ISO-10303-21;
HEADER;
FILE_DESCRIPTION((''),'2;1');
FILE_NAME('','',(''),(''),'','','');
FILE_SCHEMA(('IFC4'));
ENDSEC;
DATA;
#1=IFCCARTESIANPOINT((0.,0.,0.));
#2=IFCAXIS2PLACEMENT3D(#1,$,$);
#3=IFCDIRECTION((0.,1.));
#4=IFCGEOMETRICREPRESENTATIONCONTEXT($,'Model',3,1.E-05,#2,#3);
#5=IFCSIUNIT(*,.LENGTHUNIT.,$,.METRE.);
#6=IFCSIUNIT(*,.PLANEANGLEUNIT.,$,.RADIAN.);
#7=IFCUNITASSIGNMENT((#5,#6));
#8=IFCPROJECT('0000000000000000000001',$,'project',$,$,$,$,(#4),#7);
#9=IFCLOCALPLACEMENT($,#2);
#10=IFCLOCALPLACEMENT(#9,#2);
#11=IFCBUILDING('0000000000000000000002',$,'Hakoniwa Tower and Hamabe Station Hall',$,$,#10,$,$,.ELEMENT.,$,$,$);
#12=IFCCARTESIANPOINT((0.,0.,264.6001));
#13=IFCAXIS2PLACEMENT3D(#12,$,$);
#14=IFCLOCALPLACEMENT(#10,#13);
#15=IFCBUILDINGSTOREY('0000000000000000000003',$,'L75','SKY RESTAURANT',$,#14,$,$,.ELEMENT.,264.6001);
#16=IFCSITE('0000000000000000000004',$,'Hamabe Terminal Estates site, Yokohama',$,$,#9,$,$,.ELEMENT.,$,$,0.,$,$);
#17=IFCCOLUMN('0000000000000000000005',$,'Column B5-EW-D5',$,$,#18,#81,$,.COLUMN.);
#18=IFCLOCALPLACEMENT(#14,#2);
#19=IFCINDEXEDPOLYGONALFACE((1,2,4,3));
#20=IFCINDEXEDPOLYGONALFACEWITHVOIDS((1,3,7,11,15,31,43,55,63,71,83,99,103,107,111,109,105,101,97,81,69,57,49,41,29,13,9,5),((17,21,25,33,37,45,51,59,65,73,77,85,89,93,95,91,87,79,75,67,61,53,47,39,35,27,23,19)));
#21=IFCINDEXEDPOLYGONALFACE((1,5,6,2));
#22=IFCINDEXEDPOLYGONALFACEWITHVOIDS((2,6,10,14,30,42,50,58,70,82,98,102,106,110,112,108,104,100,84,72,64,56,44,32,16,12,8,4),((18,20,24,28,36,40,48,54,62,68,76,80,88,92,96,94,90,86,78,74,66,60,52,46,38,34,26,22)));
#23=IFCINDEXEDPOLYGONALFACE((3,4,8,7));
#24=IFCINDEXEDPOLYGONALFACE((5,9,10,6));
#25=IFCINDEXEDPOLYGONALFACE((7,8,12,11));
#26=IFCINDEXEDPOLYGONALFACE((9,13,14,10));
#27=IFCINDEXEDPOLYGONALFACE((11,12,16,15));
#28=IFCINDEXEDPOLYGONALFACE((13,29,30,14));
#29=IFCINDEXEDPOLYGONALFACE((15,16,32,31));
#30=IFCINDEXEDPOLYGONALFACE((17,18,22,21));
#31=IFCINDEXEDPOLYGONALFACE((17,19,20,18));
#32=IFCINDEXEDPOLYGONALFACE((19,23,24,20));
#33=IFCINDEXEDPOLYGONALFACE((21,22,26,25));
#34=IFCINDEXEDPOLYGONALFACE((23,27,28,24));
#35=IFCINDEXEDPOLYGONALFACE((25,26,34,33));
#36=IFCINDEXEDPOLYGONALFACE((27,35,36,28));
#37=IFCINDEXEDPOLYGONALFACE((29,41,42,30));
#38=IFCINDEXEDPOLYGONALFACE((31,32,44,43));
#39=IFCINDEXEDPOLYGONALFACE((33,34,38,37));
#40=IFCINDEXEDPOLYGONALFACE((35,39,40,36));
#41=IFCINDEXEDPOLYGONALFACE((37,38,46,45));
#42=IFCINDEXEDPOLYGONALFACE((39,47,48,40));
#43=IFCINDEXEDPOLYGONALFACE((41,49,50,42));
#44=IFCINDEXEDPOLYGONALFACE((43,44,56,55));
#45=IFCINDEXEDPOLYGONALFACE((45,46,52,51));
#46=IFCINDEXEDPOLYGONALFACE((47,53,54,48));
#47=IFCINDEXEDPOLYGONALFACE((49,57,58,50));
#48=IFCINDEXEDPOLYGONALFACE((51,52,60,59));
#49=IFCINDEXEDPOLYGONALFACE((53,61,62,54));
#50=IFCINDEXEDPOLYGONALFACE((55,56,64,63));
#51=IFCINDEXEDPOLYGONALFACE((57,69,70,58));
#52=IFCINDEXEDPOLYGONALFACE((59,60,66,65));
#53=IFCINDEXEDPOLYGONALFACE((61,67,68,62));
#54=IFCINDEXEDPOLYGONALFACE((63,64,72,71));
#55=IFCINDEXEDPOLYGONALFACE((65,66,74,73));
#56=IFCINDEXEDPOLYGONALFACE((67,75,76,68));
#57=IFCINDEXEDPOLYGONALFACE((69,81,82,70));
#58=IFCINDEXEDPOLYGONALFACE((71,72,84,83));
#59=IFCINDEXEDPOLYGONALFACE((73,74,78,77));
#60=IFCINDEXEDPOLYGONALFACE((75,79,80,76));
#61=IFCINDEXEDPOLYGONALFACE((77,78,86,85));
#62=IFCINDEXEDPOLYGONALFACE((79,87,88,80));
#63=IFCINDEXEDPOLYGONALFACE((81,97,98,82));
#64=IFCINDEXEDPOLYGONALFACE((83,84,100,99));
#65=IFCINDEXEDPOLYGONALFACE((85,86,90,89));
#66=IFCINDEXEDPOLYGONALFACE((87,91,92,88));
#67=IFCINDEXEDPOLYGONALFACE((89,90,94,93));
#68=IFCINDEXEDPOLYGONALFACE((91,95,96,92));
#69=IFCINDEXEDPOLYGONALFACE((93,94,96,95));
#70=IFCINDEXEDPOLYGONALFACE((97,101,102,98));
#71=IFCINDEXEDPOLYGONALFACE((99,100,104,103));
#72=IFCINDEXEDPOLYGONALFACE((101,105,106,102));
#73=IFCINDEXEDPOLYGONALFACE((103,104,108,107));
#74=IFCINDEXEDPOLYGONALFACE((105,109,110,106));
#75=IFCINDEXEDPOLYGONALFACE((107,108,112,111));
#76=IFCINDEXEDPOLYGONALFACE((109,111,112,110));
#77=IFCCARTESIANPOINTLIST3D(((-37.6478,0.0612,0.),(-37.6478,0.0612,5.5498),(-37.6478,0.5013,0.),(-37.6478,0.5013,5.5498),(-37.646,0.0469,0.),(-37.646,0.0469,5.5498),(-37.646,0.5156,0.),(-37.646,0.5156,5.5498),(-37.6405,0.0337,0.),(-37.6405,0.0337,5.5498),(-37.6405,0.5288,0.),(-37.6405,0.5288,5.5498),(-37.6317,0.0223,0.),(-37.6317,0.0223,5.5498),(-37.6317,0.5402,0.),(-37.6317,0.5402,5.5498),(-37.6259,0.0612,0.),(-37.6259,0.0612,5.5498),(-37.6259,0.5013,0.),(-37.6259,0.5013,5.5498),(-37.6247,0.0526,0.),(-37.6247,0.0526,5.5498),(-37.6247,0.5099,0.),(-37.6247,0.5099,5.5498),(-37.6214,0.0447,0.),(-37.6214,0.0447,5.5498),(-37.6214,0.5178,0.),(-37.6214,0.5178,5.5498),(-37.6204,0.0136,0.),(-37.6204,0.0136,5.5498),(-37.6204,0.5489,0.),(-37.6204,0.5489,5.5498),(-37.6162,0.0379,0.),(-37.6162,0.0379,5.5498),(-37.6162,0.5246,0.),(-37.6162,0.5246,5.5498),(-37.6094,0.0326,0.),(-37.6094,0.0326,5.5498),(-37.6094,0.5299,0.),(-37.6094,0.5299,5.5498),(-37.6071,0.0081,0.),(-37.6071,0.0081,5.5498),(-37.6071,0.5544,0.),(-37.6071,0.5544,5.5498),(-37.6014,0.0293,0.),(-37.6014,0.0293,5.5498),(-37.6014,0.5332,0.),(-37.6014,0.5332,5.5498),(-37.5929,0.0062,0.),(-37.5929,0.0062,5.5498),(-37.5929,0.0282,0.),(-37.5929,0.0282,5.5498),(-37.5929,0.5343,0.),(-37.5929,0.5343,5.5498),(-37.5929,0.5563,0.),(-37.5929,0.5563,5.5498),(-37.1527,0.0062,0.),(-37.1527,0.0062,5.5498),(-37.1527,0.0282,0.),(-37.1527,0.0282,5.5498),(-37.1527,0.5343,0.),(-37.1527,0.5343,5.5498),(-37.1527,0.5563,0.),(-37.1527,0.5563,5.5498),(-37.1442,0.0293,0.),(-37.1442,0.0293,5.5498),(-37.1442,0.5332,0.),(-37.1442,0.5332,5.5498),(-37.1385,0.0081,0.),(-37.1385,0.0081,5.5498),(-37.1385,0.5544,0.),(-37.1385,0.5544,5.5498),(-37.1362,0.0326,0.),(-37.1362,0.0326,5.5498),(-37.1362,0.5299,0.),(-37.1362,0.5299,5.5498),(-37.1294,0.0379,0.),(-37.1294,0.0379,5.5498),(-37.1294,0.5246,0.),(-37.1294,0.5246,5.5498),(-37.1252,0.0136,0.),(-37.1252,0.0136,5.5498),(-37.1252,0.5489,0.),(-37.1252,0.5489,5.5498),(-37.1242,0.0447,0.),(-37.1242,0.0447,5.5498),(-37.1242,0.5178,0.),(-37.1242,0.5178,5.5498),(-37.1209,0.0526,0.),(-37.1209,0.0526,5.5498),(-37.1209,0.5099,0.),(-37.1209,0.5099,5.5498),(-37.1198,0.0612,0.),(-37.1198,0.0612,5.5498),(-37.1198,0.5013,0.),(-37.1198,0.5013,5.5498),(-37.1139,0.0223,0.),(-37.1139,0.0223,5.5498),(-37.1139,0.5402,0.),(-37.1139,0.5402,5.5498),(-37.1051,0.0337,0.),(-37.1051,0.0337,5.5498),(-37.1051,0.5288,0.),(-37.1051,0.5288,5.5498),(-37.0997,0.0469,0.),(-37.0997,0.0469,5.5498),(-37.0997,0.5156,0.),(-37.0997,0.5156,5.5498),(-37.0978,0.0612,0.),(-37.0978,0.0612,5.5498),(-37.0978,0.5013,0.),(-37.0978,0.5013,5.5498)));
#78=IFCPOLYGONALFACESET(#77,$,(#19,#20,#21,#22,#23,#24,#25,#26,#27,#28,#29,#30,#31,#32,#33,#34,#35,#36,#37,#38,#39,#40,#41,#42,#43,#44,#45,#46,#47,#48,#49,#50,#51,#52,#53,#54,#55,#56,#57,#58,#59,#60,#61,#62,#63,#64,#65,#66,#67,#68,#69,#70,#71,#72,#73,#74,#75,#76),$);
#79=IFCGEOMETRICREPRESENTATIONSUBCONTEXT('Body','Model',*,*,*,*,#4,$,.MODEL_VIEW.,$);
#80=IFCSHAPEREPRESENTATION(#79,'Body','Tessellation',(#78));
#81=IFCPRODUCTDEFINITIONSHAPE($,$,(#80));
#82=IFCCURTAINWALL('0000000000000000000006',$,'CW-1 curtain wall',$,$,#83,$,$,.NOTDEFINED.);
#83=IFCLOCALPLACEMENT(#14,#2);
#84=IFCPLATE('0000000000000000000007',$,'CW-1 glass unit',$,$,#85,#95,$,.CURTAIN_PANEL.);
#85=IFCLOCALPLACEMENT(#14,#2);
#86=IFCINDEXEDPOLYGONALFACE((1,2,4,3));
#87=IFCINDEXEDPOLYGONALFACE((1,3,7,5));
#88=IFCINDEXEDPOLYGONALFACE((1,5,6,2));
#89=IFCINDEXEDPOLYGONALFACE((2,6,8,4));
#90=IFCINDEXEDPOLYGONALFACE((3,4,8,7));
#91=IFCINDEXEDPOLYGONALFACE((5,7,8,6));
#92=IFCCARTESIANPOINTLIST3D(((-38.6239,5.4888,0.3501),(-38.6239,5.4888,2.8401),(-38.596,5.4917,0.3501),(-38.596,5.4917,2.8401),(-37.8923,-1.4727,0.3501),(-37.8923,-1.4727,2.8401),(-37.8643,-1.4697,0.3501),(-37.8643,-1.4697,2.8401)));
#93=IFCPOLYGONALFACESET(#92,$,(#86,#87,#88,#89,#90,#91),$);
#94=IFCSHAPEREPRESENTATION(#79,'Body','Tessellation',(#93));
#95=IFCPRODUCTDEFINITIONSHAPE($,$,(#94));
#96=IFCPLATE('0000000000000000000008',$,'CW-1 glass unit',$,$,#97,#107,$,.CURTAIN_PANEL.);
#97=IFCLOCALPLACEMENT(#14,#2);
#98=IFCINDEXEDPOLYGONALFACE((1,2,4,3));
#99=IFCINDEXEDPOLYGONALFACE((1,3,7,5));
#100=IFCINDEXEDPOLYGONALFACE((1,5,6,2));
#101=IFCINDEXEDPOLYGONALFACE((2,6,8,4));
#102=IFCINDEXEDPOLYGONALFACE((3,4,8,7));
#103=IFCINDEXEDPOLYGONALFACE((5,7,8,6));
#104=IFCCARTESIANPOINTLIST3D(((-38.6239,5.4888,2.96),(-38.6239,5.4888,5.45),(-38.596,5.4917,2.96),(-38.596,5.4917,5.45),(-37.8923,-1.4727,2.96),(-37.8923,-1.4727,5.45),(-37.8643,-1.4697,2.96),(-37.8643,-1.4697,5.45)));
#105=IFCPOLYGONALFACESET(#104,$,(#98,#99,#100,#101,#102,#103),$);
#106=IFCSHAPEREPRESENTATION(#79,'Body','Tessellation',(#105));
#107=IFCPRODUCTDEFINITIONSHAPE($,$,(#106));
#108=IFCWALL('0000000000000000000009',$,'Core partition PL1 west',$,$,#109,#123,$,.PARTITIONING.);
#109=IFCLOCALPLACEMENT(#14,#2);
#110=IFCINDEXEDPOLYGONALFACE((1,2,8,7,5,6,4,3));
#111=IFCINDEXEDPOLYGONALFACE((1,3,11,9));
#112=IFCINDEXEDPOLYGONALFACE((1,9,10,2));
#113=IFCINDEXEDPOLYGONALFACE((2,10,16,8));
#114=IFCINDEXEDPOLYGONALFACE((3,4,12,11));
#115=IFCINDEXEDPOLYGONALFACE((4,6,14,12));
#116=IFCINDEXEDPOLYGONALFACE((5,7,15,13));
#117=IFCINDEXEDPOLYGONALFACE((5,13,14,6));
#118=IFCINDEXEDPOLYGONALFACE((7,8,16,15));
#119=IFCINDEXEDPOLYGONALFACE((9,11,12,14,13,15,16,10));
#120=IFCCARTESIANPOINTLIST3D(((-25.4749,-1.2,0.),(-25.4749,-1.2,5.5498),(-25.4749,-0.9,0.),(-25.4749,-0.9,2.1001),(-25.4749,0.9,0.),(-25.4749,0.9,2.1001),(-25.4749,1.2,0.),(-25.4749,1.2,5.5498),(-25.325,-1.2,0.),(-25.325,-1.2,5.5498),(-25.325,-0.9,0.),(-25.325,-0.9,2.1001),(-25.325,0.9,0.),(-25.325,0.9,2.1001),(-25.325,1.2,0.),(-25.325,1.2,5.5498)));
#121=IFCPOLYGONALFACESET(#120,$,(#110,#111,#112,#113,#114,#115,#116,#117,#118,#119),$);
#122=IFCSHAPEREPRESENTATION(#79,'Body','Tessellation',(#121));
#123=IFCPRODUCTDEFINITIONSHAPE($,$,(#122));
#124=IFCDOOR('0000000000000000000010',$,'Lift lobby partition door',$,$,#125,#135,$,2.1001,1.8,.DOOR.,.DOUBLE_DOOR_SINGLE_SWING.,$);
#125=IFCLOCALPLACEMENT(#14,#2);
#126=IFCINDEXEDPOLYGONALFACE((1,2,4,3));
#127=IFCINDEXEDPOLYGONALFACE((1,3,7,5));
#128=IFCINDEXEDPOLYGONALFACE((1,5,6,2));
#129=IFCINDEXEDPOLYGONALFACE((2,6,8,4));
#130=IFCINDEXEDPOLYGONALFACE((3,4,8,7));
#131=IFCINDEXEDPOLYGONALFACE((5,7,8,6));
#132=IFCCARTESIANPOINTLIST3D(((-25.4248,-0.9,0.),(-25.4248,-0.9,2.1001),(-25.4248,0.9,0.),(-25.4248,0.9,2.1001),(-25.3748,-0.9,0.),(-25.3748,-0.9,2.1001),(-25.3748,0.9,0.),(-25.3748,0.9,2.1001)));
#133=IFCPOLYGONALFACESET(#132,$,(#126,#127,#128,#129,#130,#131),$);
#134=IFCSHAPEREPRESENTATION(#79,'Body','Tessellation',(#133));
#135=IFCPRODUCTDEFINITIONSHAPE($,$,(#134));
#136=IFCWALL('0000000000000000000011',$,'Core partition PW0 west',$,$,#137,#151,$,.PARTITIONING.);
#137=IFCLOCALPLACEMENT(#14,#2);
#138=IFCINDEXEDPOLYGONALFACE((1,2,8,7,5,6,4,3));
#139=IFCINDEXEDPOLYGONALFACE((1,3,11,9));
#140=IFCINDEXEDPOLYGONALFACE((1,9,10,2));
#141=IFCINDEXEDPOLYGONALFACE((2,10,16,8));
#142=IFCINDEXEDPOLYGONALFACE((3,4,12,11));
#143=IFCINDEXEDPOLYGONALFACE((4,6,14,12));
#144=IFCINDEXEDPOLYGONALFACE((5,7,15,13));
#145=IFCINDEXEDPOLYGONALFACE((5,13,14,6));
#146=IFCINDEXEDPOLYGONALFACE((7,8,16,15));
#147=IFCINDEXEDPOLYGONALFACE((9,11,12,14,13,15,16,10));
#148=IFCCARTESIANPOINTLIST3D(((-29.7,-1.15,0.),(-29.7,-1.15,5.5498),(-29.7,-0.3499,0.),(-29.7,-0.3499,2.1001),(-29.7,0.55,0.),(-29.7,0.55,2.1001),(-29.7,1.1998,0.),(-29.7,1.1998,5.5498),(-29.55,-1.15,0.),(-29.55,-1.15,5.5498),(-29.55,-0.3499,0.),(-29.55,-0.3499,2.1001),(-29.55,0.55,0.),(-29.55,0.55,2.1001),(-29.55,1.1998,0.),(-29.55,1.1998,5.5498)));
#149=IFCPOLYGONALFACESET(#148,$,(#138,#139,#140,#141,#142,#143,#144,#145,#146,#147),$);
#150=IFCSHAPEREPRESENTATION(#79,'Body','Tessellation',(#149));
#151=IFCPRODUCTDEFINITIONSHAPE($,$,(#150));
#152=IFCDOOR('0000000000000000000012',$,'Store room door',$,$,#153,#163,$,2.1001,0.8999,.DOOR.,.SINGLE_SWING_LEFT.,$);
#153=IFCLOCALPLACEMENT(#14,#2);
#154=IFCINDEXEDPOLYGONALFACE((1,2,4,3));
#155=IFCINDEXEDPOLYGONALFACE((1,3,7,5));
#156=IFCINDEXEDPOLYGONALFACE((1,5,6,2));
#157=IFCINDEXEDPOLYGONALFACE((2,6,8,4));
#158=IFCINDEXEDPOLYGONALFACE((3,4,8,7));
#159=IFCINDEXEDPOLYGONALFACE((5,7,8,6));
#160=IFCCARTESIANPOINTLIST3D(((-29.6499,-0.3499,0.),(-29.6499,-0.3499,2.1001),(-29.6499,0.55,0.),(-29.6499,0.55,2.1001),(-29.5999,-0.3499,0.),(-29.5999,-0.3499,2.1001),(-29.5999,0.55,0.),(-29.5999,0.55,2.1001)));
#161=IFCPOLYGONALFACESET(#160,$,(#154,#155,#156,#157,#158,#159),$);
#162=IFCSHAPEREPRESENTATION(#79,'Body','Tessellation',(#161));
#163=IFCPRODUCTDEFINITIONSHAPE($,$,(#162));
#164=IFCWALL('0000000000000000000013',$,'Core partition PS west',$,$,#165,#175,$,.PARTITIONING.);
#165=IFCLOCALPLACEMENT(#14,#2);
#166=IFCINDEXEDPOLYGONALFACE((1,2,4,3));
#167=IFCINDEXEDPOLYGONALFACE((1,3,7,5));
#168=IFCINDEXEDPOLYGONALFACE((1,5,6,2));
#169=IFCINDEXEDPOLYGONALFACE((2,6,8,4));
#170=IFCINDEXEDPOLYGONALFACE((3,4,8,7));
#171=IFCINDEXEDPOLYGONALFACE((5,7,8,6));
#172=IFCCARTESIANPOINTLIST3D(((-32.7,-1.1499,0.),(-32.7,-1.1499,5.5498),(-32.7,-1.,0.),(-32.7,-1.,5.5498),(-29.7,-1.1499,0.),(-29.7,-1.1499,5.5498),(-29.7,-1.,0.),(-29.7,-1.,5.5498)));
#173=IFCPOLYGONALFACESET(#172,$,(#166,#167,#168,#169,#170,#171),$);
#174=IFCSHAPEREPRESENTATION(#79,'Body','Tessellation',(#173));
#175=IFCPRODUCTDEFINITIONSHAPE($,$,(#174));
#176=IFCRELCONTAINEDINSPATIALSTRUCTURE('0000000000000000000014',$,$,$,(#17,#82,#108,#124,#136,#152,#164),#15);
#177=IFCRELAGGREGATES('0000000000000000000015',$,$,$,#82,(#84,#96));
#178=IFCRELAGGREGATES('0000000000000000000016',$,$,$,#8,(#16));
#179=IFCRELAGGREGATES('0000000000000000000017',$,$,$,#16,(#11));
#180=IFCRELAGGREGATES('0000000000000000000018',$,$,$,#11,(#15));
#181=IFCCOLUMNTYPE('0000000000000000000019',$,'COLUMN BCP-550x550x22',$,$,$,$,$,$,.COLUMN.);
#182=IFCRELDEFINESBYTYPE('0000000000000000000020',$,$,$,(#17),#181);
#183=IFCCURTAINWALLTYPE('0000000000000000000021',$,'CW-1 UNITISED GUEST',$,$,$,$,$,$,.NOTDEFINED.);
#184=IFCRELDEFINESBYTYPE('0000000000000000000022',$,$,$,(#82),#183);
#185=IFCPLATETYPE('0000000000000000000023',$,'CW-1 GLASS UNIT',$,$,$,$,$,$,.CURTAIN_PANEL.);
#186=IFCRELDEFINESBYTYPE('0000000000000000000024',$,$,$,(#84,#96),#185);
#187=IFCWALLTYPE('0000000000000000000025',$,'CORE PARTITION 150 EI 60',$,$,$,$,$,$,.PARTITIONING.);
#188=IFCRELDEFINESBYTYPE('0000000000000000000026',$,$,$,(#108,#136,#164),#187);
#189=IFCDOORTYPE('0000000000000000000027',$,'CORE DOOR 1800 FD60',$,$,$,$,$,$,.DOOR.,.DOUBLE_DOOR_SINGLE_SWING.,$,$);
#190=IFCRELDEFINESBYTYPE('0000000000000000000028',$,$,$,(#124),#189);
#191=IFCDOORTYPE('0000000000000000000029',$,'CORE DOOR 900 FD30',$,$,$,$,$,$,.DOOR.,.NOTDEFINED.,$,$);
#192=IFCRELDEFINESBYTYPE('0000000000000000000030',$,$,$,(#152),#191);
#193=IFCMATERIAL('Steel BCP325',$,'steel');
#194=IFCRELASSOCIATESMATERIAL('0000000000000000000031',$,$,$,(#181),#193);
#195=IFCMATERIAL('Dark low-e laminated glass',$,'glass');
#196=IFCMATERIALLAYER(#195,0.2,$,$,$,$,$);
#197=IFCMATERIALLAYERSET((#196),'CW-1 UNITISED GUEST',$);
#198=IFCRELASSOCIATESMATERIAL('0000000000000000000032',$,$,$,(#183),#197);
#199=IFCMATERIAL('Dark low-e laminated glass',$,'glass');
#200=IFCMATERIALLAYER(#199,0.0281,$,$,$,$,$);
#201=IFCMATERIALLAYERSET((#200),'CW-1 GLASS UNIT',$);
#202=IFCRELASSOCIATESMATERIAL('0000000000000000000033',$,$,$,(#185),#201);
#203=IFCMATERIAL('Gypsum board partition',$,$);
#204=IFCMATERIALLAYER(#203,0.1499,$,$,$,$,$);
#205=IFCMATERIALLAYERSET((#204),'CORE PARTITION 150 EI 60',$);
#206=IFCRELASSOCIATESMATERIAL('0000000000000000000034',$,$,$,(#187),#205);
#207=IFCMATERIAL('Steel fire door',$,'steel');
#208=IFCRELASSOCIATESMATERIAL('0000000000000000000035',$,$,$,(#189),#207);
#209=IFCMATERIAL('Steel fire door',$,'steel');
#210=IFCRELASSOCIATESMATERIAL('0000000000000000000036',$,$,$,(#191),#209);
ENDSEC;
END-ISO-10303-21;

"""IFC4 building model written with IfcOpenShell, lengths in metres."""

from ifc_helpers import new_model, si_unit, direction, frame, frame_2d, origin, origin_2d, place, context, subcontext, project, spatial, rectangle, hollow_rectangle, extrude, material, layer, layer_set, material_profile, profile_set, type_object, element, fill, aggregate, save


model = new_model("IFC4")

# Units and contexts
model_context = context("Model", 3, precision=1e-05, world=origin(), true_north=direction((0.0, 1.0)))
body_context = subcontext(model_context, "Body", "Model", "MODEL_VIEW")
ifc_project = project(units=[si_unit("LENGTHUNIT", "METRE"), si_unit("PLANEANGLEUNIT", "RADIAN")], contexts=[model_context])

# Site, building, storey
site_placement = place(None, origin())
site = spatial("IfcSite", under=ifc_project, at=site_placement, Name="Hamabe Terminal Estates site, Yokohama", CompositionType="ELEMENT", RefElevation=0.0)
building_placement = place(site_placement, origin())
building = spatial("IfcBuilding", under=site, at=building_placement, Name="Hakoniwa Tower and Hamabe Station Hall", CompositionType="ELEMENT")
storey_placement = place(building_placement, frame((0.0, 0.0, 264.6001)))
storey = spatial("IfcBuildingStorey", under=building, at=storey_placement, Name="L75", Description="SKY RESTAURANT", CompositionType="ELEMENT", Elevation=264.6001)

# Column
ifc_material_1 = material(Name="Steel BCP325", Category="steel")
ifc_material_profile = material_profile(ifc_material_1, hollow_rectangle(XDim=0.55, YDim=0.55, WallThickness=0.022, InnerFilletRadius=0.033, OuterFilletRadius=0.0549, at=origin_2d()), Name="BCP-550x550x22")
ifc_profile_set = profile_set([ifc_material_profile], Name="Steel BCP325")
column_type = type_object("IfcColumnType", Name="COLUMN BCP-550x550x22", PredefinedType="COLUMN", material=ifc_profile_set)
column_placement = place(storey_placement, frame((-37.3728, 0.2812, 0.0), z_axis=(0.0, 0.0, 1.0), x_axis=(1.0, 0.0, 0.0)))
element("IfcColumn", 1, at=column_placement, inside=storey, type_object=column_type, Name="Column B5-EW-D5", PredefinedType="COLUMN", context=body_context, shape_type="SweptSolid", body=[
    extrude(hollow_rectangle(XDim=0.55, YDim=0.55, WallThickness=0.022, InnerFilletRadius=0.033, OuterFilletRadius=0.0549, at=origin_2d()), origin(), (0.0, 0.0, 1.0), 5.5498),
])

# Curtain wall, plates
ifc_material_2 = material(Name="Dark low-e laminated glass", Category="glass")
ifc_layer_1 = layer(ifc_material_2, 0.2)
ifc_layer_set_1 = layer_set([ifc_layer_1], Name="CW-1 UNITISED GUEST")
curtain_wall_type = type_object("IfcCurtainWallType", Name="CW-1 UNITISED GUEST", PredefinedType="NOTDEFINED", material=ifc_layer_set_1)
curtain_wall_placement = place(storey_placement, origin())
curtain_wall = element("IfcCurtainWall", 2, at=curtain_wall_placement, inside=storey, type_object=curtain_wall_type, Name="CW-1 curtain wall", PredefinedType="NOTDEFINED")
ifc_material_3 = material(Name="Dark low-e laminated glass", Category="glass")
ifc_layer_2 = layer(ifc_material_3, 0.0281)
ifc_layer_set_2 = layer_set([ifc_layer_2], Name="CW-1 GLASS UNIT")
plate_type = type_object("IfcPlateType", Name="CW-1 GLASS UNIT", PredefinedType="CURTAIN_PANEL", material=ifc_layer_set_2)
plate_1_placement = place(storey_placement, frame((-38.2441, 2.0095, 0.3501), z_axis=(0.0, 0.0, 1.0), x_axis=(0.104528, -0.994522, 0.0)))
plate_1 = element("IfcPlate", 3, at=plate_1_placement, type_object=plate_type, Name="CW-1 glass unit", PredefinedType="CURTAIN_PANEL", context=body_context, shape_type="SweptSolid", body=[
    extrude(rectangle(XDim=6.9998, YDim=0.0281, at=origin_2d()), origin(), (0.0, 0.0, 1.0), 2.49),
])
plate_2_placement = place(storey_placement, frame((-38.2441, 2.0095, 2.96), z_axis=(0.0, 0.0, 1.0), x_axis=(0.104528, -0.994522, 0.0)))
plate_2 = element("IfcPlate", 4, at=plate_2_placement, type_object=plate_type, Name="CW-1 glass unit", PredefinedType="CURTAIN_PANEL", context=body_context, shape_type="SweptSolid", body=[
    extrude(rectangle(XDim=6.9998, YDim=0.0281, at=origin_2d()), origin(), (0.0, 0.0, 1.0), 2.49),
])
aggregate(curtain_wall, [plate_1, plate_2])

# Walls, openings, doors
ifc_material_4 = material(Name="Gypsum board partition")
ifc_layer_3 = layer(ifc_material_4, 0.1499)
ifc_layer_set_3 = layer_set([ifc_layer_3], Name="CORE PARTITION 150 EI 60")
wall_type_1 = type_object("IfcWallType", Name="CORE PARTITION 150 EI 60", PredefinedType="PARTITIONING", material=ifc_layer_set_3)
wall_1_placement = place(storey_placement, frame((-25.3999, -1.2, 0.0), z_axis=(0.0, 0.0, 1.0), x_axis=(0.0, 1.0, 0.0)))
wall_1 = element("IfcWall", 5, at=wall_1_placement, inside=storey, type_object=wall_type_1, Name="Core partition PL1 west", PredefinedType="PARTITIONING", context=body_context, shape_type="SweptSolid", body=[
    extrude(rectangle(XDim=2.3999, YDim=0.1499, at=frame_2d((1.2, 0.0))), origin(), (0.0, 0.0, 1.0), 5.5498),
])
opening_1_placement = place(wall_1_placement, frame((0.3, 0.0, 0.0)))
opening_1 = element("IfcOpeningElement", 6, at=opening_1_placement, cuts=wall_1, PredefinedType="OPENING", context=body_context, shape_type="SweptSolid", body=[
    extrude(rectangle(XDim=1.8, YDim=2.1001, at=frame_2d((0.8999, 1.05))), frame((0.0, 0.085, 0.0), z_axis=(0.0, -1.0, 0.0), x_axis=(1.0, 0.0, 0.0)), (0.0, 0.0, 1.0), 0.1699),
])
ifc_material_5 = material(Name="Steel fire door", Category="steel")
door_type_1 = type_object("IfcDoorType", Name="CORE DOOR 1800 FD60", OperationType="DOUBLE_DOOR_SINGLE_SWING", PredefinedType="DOOR", material=ifc_material_5)
door_1_placement = place(opening_1_placement, origin())
door_1 = element("IfcDoor", 7, at=door_1_placement, inside=storey, type_object=door_type_1, Name="Lift lobby partition door", OperationType="DOUBLE_DOOR_SINGLE_SWING", OverallHeight=2.1001, OverallWidth=1.8, PredefinedType="DOOR", context=body_context, shape_type="SweptSolid", body=[
    extrude(rectangle(XDim=1.8, YDim=2.1001, at=frame_2d((0.8999, 1.05))), frame((0.0, 0.0249, 0.0), z_axis=(0.0, -1.0, 0.0), x_axis=(1.0, 0.0, 0.0)), (0.0, 0.0, 1.0), 0.05),
])
fill(opening_1, door_1)
wall_2_placement = place(storey_placement, frame((-29.625, -1.1499, 0.0), z_axis=(0.0, 0.0, 1.0), x_axis=(0.0, 1.0, 0.0)))
wall_2 = element("IfcWall", 8, at=wall_2_placement, inside=storey, type_object=wall_type_1, Name="Core partition PW0 west", PredefinedType="PARTITIONING", context=body_context, shape_type="SweptSolid", body=[
    extrude(rectangle(XDim=2.3499, YDim=0.1499, at=frame_2d((1.1748, 0.0))), origin(), (0.0, 0.0, 1.0), 5.5498),
])
opening_2_placement = place(wall_2_placement, frame((0.8, 0.0, 0.0)))
opening_2 = element("IfcOpeningElement", 9, at=opening_2_placement, cuts=wall_2, PredefinedType="OPENING", context=body_context, shape_type="SweptSolid", body=[
    extrude(rectangle(XDim=0.8999, YDim=2.1001, at=frame_2d((0.45, 1.05))), frame((0.0, 0.085, 0.0), z_axis=(0.0, -1.0, 0.0), x_axis=(1.0, 0.0, 0.0)), (0.0, 0.0, 1.0), 0.1699),
])
ifc_material_6 = material(Name="Steel fire door", Category="steel")
door_type_2 = type_object("IfcDoorType", Name="CORE DOOR 900 FD30", OperationType="NOTDEFINED", PredefinedType="DOOR", material=ifc_material_6)
door_2_placement = place(opening_2_placement, origin())
door_2 = element("IfcDoor", 10, at=door_2_placement, inside=storey, type_object=door_type_2, Name="Store room door", OperationType="SINGLE_SWING_LEFT", OverallHeight=2.1001, OverallWidth=0.8999, PredefinedType="DOOR", context=body_context, shape_type="SweptSolid", body=[
    extrude(rectangle(XDim=0.8999, YDim=2.1001, at=frame_2d((0.45, 1.05))), frame((0.0, 0.0249, 0.0), z_axis=(0.0, -1.0, 0.0), x_axis=(1.0, 0.0, 0.0)), (0.0, 0.0, 1.0), 0.05),
])
fill(opening_2, door_2)

# Wall
wall_3_placement = place(storey_placement, frame((-32.7, -1.075, 0.0), z_axis=(0.0, 0.0, 1.0), x_axis=(1.0, 0.0, 0.0)))
element("IfcWall", 11, at=wall_3_placement, inside=storey, type_object=wall_type_1, Name="Core partition PS west", PredefinedType="PARTITIONING", context=body_context, shape_type="SweptSolid", body=[
    extrude(rectangle(XDim=3.0, YDim=0.1499, at=frame_2d((1.5, 0.0))), origin(), (0.0, 0.0, 1.0), 5.5498),
])

save(model, "model.ifc")
